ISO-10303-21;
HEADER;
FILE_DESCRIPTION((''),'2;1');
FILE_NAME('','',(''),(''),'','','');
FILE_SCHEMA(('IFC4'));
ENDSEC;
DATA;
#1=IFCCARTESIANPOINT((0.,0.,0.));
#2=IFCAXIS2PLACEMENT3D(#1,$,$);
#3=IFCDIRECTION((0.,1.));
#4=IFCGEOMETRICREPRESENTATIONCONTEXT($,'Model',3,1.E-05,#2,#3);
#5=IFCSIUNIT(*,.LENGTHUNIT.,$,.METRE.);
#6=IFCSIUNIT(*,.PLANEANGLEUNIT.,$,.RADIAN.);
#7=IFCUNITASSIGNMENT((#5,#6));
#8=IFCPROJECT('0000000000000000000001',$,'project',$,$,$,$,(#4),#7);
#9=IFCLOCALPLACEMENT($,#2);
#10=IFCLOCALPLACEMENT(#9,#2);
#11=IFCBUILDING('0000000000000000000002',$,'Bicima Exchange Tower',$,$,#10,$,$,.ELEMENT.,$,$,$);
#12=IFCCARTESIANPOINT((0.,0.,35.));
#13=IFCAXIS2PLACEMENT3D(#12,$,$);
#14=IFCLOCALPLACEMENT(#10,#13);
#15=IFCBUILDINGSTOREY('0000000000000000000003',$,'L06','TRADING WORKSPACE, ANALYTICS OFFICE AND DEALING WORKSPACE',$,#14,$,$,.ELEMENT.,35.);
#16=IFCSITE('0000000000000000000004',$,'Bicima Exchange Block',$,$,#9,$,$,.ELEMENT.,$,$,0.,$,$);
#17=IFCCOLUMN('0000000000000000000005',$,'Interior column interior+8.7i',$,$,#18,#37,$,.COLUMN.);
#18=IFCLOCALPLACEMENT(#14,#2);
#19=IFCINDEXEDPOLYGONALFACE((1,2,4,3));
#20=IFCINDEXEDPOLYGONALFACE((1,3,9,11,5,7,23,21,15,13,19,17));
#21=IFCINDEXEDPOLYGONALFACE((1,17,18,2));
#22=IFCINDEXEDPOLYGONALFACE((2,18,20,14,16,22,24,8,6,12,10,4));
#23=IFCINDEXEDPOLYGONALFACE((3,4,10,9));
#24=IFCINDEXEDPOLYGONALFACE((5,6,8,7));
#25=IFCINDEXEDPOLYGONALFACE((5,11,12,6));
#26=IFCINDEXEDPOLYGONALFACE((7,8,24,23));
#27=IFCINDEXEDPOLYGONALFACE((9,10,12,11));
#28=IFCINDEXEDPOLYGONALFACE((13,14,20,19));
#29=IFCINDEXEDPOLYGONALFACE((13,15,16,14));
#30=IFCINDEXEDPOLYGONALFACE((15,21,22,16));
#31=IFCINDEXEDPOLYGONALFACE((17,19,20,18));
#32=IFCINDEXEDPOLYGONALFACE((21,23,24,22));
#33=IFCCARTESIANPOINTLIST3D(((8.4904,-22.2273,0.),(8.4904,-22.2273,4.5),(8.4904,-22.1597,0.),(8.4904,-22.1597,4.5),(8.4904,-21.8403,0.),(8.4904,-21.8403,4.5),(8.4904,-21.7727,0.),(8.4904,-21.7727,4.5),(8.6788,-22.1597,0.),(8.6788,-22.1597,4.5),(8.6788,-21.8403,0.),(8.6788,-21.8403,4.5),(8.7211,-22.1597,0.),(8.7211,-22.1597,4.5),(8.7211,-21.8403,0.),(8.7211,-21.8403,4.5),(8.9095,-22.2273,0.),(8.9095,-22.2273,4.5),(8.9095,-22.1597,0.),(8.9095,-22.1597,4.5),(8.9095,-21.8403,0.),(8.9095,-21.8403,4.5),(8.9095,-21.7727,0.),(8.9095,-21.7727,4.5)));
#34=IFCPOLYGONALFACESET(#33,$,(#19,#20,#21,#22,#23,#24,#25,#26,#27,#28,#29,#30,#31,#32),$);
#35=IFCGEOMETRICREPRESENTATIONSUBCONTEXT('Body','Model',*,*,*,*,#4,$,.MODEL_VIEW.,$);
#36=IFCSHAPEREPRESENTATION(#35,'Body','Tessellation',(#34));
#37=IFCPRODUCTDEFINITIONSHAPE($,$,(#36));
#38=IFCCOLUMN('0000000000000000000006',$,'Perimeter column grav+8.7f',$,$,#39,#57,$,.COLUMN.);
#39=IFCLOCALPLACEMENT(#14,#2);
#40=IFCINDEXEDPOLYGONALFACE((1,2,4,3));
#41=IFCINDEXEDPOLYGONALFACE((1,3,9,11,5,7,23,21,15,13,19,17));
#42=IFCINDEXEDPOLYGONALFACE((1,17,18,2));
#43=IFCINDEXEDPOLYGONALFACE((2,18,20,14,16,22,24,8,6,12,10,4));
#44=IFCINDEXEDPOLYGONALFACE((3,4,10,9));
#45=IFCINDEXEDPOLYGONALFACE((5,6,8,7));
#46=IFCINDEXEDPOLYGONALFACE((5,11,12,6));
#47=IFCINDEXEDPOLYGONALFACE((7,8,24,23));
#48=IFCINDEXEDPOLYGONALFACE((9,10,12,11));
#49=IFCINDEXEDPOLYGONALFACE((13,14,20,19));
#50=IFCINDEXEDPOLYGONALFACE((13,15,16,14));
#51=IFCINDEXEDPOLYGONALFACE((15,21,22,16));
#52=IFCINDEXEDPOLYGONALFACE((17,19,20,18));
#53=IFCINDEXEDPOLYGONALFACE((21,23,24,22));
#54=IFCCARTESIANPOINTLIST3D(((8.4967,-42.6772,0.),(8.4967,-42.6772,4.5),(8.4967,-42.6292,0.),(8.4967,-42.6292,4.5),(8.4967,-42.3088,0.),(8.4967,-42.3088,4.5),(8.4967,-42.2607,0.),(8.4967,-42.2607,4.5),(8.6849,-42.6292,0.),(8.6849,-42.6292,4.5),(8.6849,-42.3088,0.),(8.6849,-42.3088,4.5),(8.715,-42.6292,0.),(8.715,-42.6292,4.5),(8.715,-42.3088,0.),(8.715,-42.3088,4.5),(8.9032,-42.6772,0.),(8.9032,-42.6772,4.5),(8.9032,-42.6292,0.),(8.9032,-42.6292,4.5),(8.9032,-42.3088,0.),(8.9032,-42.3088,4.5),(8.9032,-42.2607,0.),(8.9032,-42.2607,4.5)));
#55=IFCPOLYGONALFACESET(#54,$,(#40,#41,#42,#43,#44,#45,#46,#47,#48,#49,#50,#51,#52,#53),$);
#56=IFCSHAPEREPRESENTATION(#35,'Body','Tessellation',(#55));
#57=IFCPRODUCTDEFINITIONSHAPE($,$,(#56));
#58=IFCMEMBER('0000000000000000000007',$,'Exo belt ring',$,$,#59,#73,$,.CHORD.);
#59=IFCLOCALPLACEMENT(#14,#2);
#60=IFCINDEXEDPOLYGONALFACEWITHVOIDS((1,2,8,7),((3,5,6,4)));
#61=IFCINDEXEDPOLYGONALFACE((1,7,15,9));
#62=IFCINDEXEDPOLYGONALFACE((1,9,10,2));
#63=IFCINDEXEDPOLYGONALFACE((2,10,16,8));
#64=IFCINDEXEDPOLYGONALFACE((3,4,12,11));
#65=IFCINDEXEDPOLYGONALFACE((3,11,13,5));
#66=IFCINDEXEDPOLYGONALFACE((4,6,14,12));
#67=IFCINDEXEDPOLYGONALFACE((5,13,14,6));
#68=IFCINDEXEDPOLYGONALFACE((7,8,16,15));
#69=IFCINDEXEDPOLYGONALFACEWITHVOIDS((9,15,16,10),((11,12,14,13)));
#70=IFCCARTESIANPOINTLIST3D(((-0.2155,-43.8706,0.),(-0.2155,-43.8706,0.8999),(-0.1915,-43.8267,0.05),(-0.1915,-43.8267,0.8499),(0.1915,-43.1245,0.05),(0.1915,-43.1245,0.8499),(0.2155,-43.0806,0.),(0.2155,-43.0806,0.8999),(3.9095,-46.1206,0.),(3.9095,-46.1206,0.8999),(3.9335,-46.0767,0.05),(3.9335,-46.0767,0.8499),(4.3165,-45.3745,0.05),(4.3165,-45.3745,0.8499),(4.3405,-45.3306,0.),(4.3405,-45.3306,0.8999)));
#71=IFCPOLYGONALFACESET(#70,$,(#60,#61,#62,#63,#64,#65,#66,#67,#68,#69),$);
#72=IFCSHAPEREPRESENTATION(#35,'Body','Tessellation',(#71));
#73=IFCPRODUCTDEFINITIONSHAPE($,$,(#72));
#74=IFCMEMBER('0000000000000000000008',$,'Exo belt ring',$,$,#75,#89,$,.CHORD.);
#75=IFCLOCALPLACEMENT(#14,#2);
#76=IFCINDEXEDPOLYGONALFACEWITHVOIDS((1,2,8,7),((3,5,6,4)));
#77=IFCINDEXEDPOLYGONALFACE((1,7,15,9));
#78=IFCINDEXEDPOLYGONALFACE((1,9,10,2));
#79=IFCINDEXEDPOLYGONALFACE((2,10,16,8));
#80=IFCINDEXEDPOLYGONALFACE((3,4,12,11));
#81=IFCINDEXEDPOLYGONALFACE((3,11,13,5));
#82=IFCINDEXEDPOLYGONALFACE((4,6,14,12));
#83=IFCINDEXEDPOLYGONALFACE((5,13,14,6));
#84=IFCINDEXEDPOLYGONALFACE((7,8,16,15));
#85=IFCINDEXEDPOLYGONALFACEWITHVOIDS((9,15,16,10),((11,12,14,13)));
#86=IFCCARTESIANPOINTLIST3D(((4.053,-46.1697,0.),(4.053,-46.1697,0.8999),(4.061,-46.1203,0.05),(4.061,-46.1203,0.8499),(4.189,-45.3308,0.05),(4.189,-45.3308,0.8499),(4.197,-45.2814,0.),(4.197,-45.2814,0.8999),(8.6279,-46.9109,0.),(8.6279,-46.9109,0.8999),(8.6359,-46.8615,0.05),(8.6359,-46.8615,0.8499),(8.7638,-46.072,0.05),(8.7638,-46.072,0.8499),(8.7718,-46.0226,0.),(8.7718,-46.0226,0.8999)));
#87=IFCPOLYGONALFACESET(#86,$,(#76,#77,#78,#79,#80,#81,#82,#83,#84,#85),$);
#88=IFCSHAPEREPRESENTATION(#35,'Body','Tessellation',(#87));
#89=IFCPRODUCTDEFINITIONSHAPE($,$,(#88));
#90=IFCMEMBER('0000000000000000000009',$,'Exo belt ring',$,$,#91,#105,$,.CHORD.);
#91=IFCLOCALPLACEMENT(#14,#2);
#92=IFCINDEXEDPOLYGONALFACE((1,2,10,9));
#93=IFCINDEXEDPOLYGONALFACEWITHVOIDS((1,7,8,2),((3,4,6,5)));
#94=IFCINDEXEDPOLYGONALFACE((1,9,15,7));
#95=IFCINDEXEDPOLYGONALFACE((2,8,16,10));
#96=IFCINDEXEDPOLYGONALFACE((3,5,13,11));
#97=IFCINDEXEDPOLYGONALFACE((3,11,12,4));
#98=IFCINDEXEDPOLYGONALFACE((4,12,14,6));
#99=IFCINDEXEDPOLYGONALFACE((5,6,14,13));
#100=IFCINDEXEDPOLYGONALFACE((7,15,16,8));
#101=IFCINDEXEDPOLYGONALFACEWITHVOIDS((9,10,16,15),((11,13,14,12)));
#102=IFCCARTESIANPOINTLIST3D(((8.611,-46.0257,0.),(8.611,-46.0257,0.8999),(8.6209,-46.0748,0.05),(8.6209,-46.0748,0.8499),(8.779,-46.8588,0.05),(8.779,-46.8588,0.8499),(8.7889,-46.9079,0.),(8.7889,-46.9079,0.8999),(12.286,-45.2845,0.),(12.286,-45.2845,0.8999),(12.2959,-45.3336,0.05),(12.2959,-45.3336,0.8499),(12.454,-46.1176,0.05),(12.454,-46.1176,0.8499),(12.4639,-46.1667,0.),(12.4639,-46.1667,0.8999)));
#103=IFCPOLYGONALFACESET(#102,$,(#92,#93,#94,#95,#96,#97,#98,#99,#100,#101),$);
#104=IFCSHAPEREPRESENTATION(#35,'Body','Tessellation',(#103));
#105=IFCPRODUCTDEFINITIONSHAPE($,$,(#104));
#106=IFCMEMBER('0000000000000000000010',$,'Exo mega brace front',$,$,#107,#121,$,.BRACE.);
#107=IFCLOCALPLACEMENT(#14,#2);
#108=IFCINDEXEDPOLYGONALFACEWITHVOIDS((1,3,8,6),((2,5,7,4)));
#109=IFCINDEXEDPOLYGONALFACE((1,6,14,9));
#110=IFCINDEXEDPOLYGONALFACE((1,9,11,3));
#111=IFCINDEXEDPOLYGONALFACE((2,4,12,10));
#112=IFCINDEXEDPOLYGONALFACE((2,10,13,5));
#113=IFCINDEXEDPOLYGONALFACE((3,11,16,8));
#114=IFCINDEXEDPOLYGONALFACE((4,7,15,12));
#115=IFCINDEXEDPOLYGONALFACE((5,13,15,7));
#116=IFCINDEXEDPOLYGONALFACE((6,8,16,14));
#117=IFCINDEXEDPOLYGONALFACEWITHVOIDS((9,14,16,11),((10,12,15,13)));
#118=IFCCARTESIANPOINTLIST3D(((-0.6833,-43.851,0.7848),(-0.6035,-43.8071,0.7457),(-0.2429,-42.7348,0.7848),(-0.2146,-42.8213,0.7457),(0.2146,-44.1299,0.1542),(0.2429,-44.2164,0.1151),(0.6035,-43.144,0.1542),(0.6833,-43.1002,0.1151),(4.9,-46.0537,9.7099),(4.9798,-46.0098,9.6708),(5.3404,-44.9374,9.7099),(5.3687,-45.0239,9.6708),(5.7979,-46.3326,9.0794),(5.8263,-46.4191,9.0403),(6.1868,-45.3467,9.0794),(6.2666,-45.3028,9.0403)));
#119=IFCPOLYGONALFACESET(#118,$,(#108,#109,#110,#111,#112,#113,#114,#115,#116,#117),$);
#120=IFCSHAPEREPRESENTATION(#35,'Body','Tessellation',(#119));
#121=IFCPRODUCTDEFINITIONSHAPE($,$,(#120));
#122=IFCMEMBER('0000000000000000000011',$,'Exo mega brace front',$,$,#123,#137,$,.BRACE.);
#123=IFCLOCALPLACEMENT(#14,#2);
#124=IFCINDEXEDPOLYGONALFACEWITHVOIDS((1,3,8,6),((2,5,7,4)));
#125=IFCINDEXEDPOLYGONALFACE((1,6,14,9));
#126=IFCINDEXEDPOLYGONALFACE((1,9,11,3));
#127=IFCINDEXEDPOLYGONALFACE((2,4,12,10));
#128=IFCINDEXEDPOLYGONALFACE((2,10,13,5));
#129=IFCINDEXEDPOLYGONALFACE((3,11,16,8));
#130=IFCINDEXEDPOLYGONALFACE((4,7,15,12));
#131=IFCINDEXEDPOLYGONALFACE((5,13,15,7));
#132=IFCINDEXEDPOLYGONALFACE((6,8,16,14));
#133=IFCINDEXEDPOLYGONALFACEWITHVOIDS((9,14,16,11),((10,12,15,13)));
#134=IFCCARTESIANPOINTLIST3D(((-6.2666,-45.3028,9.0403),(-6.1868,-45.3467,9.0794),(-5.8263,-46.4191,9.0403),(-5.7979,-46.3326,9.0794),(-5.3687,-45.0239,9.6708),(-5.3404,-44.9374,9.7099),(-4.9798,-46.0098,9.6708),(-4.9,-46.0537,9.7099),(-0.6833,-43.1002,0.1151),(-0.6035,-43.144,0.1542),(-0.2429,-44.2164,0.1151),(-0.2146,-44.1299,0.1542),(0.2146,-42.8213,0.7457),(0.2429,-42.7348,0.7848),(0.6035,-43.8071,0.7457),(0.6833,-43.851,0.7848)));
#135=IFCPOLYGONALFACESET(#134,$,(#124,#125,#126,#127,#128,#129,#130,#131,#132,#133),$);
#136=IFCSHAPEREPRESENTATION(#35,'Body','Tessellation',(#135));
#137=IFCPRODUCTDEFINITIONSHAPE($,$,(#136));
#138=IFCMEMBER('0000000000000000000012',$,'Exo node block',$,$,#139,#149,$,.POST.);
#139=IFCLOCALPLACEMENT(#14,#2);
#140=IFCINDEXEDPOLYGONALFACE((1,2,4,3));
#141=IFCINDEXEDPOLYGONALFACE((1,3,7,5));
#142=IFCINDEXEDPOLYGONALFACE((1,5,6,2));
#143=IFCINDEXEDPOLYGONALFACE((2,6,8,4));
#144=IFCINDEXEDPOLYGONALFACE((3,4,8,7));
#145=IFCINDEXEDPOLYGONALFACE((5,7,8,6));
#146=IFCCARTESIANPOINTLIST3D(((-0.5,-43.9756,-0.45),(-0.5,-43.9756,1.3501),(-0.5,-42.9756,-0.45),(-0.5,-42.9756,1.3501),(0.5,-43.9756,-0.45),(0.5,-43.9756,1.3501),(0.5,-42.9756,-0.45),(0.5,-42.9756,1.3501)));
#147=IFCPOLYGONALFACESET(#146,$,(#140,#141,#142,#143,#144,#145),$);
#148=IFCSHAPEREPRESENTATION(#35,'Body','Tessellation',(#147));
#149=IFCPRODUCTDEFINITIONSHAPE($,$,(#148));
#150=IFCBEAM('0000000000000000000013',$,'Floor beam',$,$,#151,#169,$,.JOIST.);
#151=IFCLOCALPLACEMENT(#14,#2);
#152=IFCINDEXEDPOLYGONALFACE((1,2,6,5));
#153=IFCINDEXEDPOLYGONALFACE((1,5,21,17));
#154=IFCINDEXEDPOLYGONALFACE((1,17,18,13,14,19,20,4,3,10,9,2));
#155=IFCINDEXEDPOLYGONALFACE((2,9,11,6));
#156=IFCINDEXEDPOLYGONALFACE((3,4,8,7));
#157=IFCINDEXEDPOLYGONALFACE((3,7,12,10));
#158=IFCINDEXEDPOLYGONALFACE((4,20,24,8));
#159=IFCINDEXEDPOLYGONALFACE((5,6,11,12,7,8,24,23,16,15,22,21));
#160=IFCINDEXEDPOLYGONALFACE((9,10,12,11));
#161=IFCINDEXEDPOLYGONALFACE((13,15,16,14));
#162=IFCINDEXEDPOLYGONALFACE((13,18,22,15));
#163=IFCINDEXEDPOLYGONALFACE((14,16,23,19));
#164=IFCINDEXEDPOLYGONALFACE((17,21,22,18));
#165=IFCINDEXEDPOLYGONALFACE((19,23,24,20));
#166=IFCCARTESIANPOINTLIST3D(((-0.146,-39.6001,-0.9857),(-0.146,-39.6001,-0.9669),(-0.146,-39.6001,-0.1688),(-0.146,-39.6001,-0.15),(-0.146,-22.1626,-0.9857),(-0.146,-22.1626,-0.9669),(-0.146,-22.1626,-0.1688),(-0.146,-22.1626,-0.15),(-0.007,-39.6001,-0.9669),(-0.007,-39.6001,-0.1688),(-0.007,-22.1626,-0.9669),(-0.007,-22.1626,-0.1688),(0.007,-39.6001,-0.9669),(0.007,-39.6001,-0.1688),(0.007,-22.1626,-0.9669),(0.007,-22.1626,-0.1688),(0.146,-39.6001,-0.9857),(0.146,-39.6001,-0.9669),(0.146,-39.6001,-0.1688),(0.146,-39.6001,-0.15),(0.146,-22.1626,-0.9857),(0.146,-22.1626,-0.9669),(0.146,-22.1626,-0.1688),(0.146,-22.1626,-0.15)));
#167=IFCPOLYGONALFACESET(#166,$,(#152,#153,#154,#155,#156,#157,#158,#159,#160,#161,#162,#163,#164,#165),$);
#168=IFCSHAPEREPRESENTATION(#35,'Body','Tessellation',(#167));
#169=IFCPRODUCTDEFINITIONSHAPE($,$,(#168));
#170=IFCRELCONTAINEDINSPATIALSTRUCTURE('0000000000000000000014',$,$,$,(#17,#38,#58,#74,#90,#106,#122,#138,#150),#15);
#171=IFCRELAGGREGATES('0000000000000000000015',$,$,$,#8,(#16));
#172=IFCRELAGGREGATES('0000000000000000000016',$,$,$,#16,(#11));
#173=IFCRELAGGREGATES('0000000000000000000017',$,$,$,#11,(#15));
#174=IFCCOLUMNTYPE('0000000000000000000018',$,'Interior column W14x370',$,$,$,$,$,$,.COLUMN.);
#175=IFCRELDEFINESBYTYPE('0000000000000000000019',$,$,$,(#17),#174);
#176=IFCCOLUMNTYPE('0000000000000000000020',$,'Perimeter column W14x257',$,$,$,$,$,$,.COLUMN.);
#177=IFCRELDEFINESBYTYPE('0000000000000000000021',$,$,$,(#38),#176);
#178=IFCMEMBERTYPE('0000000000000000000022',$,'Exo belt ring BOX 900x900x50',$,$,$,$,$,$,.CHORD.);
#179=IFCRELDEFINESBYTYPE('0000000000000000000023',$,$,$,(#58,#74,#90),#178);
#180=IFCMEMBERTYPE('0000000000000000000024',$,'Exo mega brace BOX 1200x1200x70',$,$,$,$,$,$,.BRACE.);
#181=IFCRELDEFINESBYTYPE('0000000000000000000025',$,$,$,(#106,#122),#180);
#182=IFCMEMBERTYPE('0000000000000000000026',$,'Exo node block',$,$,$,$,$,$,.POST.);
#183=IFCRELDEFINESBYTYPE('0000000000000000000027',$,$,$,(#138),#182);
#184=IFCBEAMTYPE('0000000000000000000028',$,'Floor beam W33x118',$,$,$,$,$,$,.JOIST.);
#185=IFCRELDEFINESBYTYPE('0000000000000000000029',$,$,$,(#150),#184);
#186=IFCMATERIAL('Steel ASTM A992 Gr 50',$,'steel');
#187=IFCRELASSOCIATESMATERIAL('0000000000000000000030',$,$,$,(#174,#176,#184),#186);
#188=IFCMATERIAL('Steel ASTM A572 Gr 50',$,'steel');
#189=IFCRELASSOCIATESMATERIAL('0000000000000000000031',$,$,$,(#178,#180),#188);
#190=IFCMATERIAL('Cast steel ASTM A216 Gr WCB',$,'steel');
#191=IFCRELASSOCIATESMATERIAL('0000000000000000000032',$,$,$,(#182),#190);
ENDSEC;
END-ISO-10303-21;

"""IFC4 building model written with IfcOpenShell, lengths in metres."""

from ifc_helpers import new_model, si_unit, direction, frame, origin, origin_2d, place, context, subcontext, project, spatial, rectangle, hollow_rectangle, i_section, extrude, material, material_profile, profile_set, type_object, element, save


model = new_model("IFC4")

# Units and contexts
model_context = context("Model", 3, precision=1e-05, world=origin(), true_north=direction((0.0, 1.0)))
body_context = subcontext(model_context, "Body", "Model", "MODEL_VIEW")
ifc_project = project(units=[si_unit("LENGTHUNIT", "METRE"), si_unit("PLANEANGLEUNIT", "RADIAN")], contexts=[model_context])

# Site, building, storey
site_placement = place(None, origin())
site = spatial("IfcSite", under=ifc_project, at=site_placement, Name="Bicima Exchange Block", CompositionType="ELEMENT", RefElevation=0.0)
building_placement = place(site_placement, origin())
building = spatial("IfcBuilding", under=site, at=building_placement, Name="Bicima Exchange Tower", CompositionType="ELEMENT")
storey_placement = place(building_placement, frame((0.0, 0.0, 35.0)))
storey = spatial("IfcBuildingStorey", under=building, at=storey_placement, Name="L06", Description="TRADING WORKSPACE, ANALYTICS OFFICE AND DEALING WORKSPACE", CompositionType="ELEMENT", Elevation=35.0)

# Columns
ifc_material_1 = material(Name="Steel ASTM A992 Gr 50", Category="steel")
ifc_material_profile_1 = material_profile(ifc_material_1, i_section(OverallWidth=0.4192, OverallDepth=0.4546, WebThickness=0.0422, FlangeThickness=0.0676, at=origin_2d()))
ifc_profile_set_1 = profile_set([ifc_material_profile_1], Name="Steel ASTM A992 Gr 50")
column_type_1 = type_object("IfcColumnType", Name="Interior column W14x370", PredefinedType="COLUMN", material=ifc_profile_set_1)
column_1_placement = place(storey_placement, frame((8.7, -22.0, 0.0), z_axis=(0.0, 0.0, 1.0), x_axis=(1.0, 0.0, 0.0)))
element("IfcColumn", 1, at=column_1_placement, inside=storey, type_object=column_type_1, Name="Interior column interior+8.7i", PredefinedType="COLUMN", context=body_context, shape_type="SweptSolid", body=[
    extrude(i_section(OverallWidth=0.4192, OverallDepth=0.4546, WebThickness=0.0422, FlangeThickness=0.0676, at=origin_2d()), origin(), (0.0, 0.0, 1.0), 4.5),
])
ifc_material_profile_2 = material_profile(ifc_material_1, i_section(OverallWidth=0.4065, OverallDepth=0.4165, WebThickness=0.03, FlangeThickness=0.0481, at=origin_2d()))
ifc_profile_set_2 = profile_set([ifc_material_profile_2], Name="Steel ASTM A992 Gr 50")
column_type_2 = type_object("IfcColumnType", Name="Perimeter column W14x257", PredefinedType="COLUMN", material=ifc_profile_set_2)
column_2_placement = place(storey_placement, frame((8.7, -42.469, 0.0), z_axis=(0.0, 0.0, 1.0), x_axis=(1.0, 0.0, 0.0)))
element("IfcColumn", 2, at=column_2_placement, inside=storey, type_object=column_type_2, Name="Perimeter column grav+8.7f", PredefinedType="COLUMN", context=body_context, shape_type="SweptSolid", body=[
    extrude(i_section(OverallWidth=0.4065, OverallDepth=0.4165, WebThickness=0.03, FlangeThickness=0.0481, at=origin_2d()), origin(), (0.0, 0.0, 1.0), 4.5),
])

# Members
ifc_material_2 = material(Name="Steel ASTM A572 Gr 50", Category="steel")
ifc_material_profile_3 = material_profile(ifc_material_2, hollow_rectangle(XDim=0.8999, YDim=0.8999, WallThickness=0.05, at=origin_2d()))
ifc_profile_set_3 = profile_set([ifc_material_profile_3], Name="Steel ASTM A572 Gr 50")
member_type_1 = type_object("IfcMemberType", Name="Exo belt ring BOX 900x900x50", PredefinedType="CHORD", material=ifc_profile_set_3)
member_1_placement = place(storey_placement, frame((0.0, -43.4756, 0.45), z_axis=(0.877896, -0.478852, 0.0), x_axis=(0.478852, 0.877896, 0.0)))
element("IfcMember", 3, at=member_1_placement, inside=storey, type_object=member_type_1, Name="Exo belt ring", PredefinedType="CHORD", context=body_context, shape_type="SweptSolid", body=[
    extrude(hollow_rectangle(XDim=0.8999, YDim=0.8999, WallThickness=0.05, at=origin_2d()), origin(), (0.0, 0.0, 1.0), 4.6987),
])
member_2_placement = place(storey_placement, frame((4.125, -45.7256, 0.45), z_axis=(0.987128, -0.15993, 0.0), x_axis=(0.15993, 0.987128, 0.0)))
element("IfcMember", 4, at=member_2_placement, inside=storey, type_object=member_type_1, Name="Exo belt ring", PredefinedType="CHORD", context=body_context, shape_type="SweptSolid", body=[
    extrude(hollow_rectangle(XDim=0.8999, YDim=0.8999, WallThickness=0.05, at=origin_2d()), origin(), (0.0, 0.0, 1.0), 4.6345),
])
member_3_placement = place(storey_placement, frame((8.7, -46.4668, 0.45), z_axis=(0.980261, 0.197706, 0.0), x_axis=(-0.197706, 0.980261, 0.0)))
element("IfcMember", 5, at=member_3_placement, inside=storey, type_object=member_type_1, Name="Exo belt ring", PredefinedType="CHORD", context=body_context, shape_type="SweptSolid", body=[
    extrude(hollow_rectangle(XDim=0.8999, YDim=0.8999, WallThickness=0.05, at=origin_2d()), origin(), (0.0, 0.0, 1.0), 3.749),
])
ifc_material_profile_4 = material_profile(ifc_material_2, hollow_rectangle(XDim=1.2, YDim=1.2, WallThickness=0.0701, at=origin_2d()))
ifc_profile_set_4 = profile_set([ifc_material_profile_4], Name="Steel ASTM A572 Gr 50")
member_type_2 = type_object("IfcMemberType", Name="Exo mega brace BOX 1200x1200x70", PredefinedType="BRACE", material=ifc_profile_set_4)
for number, where, z_axis, x_axis, name in (
    (6, (0.0, -43.4756, 0.45), (0.519107, -0.204792, 0.829812), (0.366982, 0.930228, 0.0), "Exo mega brace front"),
    (7, (0.0, -43.4756, 0.45), (-0.519107, -0.204792, 0.829812), (0.366982, -0.930228, 0.0), "Exo mega brace front"),
):
    element("IfcMember", number, at=place(storey_placement, frame(where, z_axis=z_axis, x_axis=x_axis)), inside=storey, type_object=member_type_2, Name=name, PredefinedType="BRACE", context=body_context, shape_type="SweptSolid", body=[
        extrude(hollow_rectangle(XDim=1.2, YDim=1.2, WallThickness=0.0701, at=origin_2d()), origin(), (0.0, 0.0, 1.0), 10.7556),
    ])
ifc_material_3 = material(Name="Cast steel ASTM A216 Gr WCB", Category="steel")
ifc_material_profile_5 = material_profile(ifc_material_3, rectangle(XDim=1.0, YDim=1.0, at=origin_2d()))
ifc_profile_set_5 = profile_set([ifc_material_profile_5], Name="Cast steel ASTM A216 Gr WCB")
member_type_3 = type_object("IfcMemberType", Name="Exo node block", PredefinedType="POST", material=ifc_profile_set_5)
member_4_placement = place(storey_placement, frame((0.0, -43.4756, -0.45), z_axis=(0.0, 0.0, 1.0), x_axis=(1.0, 0.0, 0.0)))
element("IfcMember", 8, at=member_4_placement, inside=storey, type_object=member_type_3, Name="Exo node block", PredefinedType="POST", context=body_context, shape_type="SweptSolid", body=[
    extrude(rectangle(XDim=1.0, YDim=1.0, at=origin_2d()), origin(), (0.0, 0.0, 1.0), 1.8),
])

# Beam
ifc_material_profile_6 = material_profile(ifc_material_1, i_section(OverallWidth=0.292, OverallDepth=0.8357, WebThickness=0.0139, FlangeThickness=0.0188, at=origin_2d()))
ifc_profile_set_6 = profile_set([ifc_material_profile_6], Name="Steel ASTM A992 Gr 50")
beam_type_1 = type_object("IfcBeamType", Name="Floor beam W33x118", PredefinedType="JOIST", material=ifc_profile_set_6)
beam_1_placement = place(storey_placement, frame((0.0, -22.1626, -0.5679), z_axis=(0.0, -1.0, 0.0), x_axis=(1.0, 0.0, 0.0)))
element("IfcBeam", 9, at=beam_1_placement, inside=storey, type_object=beam_type_1, Name="Floor beam", PredefinedType="JOIST", context=body_context, shape_type="SweptSolid", body=[
    extrude(i_section(OverallWidth=0.292, OverallDepth=0.8357, WebThickness=0.0139, FlangeThickness=0.0188, at=origin_2d()), origin(), (0.0, 0.0, 1.0), 17.4375),
])

save(model, "model.ifc")
